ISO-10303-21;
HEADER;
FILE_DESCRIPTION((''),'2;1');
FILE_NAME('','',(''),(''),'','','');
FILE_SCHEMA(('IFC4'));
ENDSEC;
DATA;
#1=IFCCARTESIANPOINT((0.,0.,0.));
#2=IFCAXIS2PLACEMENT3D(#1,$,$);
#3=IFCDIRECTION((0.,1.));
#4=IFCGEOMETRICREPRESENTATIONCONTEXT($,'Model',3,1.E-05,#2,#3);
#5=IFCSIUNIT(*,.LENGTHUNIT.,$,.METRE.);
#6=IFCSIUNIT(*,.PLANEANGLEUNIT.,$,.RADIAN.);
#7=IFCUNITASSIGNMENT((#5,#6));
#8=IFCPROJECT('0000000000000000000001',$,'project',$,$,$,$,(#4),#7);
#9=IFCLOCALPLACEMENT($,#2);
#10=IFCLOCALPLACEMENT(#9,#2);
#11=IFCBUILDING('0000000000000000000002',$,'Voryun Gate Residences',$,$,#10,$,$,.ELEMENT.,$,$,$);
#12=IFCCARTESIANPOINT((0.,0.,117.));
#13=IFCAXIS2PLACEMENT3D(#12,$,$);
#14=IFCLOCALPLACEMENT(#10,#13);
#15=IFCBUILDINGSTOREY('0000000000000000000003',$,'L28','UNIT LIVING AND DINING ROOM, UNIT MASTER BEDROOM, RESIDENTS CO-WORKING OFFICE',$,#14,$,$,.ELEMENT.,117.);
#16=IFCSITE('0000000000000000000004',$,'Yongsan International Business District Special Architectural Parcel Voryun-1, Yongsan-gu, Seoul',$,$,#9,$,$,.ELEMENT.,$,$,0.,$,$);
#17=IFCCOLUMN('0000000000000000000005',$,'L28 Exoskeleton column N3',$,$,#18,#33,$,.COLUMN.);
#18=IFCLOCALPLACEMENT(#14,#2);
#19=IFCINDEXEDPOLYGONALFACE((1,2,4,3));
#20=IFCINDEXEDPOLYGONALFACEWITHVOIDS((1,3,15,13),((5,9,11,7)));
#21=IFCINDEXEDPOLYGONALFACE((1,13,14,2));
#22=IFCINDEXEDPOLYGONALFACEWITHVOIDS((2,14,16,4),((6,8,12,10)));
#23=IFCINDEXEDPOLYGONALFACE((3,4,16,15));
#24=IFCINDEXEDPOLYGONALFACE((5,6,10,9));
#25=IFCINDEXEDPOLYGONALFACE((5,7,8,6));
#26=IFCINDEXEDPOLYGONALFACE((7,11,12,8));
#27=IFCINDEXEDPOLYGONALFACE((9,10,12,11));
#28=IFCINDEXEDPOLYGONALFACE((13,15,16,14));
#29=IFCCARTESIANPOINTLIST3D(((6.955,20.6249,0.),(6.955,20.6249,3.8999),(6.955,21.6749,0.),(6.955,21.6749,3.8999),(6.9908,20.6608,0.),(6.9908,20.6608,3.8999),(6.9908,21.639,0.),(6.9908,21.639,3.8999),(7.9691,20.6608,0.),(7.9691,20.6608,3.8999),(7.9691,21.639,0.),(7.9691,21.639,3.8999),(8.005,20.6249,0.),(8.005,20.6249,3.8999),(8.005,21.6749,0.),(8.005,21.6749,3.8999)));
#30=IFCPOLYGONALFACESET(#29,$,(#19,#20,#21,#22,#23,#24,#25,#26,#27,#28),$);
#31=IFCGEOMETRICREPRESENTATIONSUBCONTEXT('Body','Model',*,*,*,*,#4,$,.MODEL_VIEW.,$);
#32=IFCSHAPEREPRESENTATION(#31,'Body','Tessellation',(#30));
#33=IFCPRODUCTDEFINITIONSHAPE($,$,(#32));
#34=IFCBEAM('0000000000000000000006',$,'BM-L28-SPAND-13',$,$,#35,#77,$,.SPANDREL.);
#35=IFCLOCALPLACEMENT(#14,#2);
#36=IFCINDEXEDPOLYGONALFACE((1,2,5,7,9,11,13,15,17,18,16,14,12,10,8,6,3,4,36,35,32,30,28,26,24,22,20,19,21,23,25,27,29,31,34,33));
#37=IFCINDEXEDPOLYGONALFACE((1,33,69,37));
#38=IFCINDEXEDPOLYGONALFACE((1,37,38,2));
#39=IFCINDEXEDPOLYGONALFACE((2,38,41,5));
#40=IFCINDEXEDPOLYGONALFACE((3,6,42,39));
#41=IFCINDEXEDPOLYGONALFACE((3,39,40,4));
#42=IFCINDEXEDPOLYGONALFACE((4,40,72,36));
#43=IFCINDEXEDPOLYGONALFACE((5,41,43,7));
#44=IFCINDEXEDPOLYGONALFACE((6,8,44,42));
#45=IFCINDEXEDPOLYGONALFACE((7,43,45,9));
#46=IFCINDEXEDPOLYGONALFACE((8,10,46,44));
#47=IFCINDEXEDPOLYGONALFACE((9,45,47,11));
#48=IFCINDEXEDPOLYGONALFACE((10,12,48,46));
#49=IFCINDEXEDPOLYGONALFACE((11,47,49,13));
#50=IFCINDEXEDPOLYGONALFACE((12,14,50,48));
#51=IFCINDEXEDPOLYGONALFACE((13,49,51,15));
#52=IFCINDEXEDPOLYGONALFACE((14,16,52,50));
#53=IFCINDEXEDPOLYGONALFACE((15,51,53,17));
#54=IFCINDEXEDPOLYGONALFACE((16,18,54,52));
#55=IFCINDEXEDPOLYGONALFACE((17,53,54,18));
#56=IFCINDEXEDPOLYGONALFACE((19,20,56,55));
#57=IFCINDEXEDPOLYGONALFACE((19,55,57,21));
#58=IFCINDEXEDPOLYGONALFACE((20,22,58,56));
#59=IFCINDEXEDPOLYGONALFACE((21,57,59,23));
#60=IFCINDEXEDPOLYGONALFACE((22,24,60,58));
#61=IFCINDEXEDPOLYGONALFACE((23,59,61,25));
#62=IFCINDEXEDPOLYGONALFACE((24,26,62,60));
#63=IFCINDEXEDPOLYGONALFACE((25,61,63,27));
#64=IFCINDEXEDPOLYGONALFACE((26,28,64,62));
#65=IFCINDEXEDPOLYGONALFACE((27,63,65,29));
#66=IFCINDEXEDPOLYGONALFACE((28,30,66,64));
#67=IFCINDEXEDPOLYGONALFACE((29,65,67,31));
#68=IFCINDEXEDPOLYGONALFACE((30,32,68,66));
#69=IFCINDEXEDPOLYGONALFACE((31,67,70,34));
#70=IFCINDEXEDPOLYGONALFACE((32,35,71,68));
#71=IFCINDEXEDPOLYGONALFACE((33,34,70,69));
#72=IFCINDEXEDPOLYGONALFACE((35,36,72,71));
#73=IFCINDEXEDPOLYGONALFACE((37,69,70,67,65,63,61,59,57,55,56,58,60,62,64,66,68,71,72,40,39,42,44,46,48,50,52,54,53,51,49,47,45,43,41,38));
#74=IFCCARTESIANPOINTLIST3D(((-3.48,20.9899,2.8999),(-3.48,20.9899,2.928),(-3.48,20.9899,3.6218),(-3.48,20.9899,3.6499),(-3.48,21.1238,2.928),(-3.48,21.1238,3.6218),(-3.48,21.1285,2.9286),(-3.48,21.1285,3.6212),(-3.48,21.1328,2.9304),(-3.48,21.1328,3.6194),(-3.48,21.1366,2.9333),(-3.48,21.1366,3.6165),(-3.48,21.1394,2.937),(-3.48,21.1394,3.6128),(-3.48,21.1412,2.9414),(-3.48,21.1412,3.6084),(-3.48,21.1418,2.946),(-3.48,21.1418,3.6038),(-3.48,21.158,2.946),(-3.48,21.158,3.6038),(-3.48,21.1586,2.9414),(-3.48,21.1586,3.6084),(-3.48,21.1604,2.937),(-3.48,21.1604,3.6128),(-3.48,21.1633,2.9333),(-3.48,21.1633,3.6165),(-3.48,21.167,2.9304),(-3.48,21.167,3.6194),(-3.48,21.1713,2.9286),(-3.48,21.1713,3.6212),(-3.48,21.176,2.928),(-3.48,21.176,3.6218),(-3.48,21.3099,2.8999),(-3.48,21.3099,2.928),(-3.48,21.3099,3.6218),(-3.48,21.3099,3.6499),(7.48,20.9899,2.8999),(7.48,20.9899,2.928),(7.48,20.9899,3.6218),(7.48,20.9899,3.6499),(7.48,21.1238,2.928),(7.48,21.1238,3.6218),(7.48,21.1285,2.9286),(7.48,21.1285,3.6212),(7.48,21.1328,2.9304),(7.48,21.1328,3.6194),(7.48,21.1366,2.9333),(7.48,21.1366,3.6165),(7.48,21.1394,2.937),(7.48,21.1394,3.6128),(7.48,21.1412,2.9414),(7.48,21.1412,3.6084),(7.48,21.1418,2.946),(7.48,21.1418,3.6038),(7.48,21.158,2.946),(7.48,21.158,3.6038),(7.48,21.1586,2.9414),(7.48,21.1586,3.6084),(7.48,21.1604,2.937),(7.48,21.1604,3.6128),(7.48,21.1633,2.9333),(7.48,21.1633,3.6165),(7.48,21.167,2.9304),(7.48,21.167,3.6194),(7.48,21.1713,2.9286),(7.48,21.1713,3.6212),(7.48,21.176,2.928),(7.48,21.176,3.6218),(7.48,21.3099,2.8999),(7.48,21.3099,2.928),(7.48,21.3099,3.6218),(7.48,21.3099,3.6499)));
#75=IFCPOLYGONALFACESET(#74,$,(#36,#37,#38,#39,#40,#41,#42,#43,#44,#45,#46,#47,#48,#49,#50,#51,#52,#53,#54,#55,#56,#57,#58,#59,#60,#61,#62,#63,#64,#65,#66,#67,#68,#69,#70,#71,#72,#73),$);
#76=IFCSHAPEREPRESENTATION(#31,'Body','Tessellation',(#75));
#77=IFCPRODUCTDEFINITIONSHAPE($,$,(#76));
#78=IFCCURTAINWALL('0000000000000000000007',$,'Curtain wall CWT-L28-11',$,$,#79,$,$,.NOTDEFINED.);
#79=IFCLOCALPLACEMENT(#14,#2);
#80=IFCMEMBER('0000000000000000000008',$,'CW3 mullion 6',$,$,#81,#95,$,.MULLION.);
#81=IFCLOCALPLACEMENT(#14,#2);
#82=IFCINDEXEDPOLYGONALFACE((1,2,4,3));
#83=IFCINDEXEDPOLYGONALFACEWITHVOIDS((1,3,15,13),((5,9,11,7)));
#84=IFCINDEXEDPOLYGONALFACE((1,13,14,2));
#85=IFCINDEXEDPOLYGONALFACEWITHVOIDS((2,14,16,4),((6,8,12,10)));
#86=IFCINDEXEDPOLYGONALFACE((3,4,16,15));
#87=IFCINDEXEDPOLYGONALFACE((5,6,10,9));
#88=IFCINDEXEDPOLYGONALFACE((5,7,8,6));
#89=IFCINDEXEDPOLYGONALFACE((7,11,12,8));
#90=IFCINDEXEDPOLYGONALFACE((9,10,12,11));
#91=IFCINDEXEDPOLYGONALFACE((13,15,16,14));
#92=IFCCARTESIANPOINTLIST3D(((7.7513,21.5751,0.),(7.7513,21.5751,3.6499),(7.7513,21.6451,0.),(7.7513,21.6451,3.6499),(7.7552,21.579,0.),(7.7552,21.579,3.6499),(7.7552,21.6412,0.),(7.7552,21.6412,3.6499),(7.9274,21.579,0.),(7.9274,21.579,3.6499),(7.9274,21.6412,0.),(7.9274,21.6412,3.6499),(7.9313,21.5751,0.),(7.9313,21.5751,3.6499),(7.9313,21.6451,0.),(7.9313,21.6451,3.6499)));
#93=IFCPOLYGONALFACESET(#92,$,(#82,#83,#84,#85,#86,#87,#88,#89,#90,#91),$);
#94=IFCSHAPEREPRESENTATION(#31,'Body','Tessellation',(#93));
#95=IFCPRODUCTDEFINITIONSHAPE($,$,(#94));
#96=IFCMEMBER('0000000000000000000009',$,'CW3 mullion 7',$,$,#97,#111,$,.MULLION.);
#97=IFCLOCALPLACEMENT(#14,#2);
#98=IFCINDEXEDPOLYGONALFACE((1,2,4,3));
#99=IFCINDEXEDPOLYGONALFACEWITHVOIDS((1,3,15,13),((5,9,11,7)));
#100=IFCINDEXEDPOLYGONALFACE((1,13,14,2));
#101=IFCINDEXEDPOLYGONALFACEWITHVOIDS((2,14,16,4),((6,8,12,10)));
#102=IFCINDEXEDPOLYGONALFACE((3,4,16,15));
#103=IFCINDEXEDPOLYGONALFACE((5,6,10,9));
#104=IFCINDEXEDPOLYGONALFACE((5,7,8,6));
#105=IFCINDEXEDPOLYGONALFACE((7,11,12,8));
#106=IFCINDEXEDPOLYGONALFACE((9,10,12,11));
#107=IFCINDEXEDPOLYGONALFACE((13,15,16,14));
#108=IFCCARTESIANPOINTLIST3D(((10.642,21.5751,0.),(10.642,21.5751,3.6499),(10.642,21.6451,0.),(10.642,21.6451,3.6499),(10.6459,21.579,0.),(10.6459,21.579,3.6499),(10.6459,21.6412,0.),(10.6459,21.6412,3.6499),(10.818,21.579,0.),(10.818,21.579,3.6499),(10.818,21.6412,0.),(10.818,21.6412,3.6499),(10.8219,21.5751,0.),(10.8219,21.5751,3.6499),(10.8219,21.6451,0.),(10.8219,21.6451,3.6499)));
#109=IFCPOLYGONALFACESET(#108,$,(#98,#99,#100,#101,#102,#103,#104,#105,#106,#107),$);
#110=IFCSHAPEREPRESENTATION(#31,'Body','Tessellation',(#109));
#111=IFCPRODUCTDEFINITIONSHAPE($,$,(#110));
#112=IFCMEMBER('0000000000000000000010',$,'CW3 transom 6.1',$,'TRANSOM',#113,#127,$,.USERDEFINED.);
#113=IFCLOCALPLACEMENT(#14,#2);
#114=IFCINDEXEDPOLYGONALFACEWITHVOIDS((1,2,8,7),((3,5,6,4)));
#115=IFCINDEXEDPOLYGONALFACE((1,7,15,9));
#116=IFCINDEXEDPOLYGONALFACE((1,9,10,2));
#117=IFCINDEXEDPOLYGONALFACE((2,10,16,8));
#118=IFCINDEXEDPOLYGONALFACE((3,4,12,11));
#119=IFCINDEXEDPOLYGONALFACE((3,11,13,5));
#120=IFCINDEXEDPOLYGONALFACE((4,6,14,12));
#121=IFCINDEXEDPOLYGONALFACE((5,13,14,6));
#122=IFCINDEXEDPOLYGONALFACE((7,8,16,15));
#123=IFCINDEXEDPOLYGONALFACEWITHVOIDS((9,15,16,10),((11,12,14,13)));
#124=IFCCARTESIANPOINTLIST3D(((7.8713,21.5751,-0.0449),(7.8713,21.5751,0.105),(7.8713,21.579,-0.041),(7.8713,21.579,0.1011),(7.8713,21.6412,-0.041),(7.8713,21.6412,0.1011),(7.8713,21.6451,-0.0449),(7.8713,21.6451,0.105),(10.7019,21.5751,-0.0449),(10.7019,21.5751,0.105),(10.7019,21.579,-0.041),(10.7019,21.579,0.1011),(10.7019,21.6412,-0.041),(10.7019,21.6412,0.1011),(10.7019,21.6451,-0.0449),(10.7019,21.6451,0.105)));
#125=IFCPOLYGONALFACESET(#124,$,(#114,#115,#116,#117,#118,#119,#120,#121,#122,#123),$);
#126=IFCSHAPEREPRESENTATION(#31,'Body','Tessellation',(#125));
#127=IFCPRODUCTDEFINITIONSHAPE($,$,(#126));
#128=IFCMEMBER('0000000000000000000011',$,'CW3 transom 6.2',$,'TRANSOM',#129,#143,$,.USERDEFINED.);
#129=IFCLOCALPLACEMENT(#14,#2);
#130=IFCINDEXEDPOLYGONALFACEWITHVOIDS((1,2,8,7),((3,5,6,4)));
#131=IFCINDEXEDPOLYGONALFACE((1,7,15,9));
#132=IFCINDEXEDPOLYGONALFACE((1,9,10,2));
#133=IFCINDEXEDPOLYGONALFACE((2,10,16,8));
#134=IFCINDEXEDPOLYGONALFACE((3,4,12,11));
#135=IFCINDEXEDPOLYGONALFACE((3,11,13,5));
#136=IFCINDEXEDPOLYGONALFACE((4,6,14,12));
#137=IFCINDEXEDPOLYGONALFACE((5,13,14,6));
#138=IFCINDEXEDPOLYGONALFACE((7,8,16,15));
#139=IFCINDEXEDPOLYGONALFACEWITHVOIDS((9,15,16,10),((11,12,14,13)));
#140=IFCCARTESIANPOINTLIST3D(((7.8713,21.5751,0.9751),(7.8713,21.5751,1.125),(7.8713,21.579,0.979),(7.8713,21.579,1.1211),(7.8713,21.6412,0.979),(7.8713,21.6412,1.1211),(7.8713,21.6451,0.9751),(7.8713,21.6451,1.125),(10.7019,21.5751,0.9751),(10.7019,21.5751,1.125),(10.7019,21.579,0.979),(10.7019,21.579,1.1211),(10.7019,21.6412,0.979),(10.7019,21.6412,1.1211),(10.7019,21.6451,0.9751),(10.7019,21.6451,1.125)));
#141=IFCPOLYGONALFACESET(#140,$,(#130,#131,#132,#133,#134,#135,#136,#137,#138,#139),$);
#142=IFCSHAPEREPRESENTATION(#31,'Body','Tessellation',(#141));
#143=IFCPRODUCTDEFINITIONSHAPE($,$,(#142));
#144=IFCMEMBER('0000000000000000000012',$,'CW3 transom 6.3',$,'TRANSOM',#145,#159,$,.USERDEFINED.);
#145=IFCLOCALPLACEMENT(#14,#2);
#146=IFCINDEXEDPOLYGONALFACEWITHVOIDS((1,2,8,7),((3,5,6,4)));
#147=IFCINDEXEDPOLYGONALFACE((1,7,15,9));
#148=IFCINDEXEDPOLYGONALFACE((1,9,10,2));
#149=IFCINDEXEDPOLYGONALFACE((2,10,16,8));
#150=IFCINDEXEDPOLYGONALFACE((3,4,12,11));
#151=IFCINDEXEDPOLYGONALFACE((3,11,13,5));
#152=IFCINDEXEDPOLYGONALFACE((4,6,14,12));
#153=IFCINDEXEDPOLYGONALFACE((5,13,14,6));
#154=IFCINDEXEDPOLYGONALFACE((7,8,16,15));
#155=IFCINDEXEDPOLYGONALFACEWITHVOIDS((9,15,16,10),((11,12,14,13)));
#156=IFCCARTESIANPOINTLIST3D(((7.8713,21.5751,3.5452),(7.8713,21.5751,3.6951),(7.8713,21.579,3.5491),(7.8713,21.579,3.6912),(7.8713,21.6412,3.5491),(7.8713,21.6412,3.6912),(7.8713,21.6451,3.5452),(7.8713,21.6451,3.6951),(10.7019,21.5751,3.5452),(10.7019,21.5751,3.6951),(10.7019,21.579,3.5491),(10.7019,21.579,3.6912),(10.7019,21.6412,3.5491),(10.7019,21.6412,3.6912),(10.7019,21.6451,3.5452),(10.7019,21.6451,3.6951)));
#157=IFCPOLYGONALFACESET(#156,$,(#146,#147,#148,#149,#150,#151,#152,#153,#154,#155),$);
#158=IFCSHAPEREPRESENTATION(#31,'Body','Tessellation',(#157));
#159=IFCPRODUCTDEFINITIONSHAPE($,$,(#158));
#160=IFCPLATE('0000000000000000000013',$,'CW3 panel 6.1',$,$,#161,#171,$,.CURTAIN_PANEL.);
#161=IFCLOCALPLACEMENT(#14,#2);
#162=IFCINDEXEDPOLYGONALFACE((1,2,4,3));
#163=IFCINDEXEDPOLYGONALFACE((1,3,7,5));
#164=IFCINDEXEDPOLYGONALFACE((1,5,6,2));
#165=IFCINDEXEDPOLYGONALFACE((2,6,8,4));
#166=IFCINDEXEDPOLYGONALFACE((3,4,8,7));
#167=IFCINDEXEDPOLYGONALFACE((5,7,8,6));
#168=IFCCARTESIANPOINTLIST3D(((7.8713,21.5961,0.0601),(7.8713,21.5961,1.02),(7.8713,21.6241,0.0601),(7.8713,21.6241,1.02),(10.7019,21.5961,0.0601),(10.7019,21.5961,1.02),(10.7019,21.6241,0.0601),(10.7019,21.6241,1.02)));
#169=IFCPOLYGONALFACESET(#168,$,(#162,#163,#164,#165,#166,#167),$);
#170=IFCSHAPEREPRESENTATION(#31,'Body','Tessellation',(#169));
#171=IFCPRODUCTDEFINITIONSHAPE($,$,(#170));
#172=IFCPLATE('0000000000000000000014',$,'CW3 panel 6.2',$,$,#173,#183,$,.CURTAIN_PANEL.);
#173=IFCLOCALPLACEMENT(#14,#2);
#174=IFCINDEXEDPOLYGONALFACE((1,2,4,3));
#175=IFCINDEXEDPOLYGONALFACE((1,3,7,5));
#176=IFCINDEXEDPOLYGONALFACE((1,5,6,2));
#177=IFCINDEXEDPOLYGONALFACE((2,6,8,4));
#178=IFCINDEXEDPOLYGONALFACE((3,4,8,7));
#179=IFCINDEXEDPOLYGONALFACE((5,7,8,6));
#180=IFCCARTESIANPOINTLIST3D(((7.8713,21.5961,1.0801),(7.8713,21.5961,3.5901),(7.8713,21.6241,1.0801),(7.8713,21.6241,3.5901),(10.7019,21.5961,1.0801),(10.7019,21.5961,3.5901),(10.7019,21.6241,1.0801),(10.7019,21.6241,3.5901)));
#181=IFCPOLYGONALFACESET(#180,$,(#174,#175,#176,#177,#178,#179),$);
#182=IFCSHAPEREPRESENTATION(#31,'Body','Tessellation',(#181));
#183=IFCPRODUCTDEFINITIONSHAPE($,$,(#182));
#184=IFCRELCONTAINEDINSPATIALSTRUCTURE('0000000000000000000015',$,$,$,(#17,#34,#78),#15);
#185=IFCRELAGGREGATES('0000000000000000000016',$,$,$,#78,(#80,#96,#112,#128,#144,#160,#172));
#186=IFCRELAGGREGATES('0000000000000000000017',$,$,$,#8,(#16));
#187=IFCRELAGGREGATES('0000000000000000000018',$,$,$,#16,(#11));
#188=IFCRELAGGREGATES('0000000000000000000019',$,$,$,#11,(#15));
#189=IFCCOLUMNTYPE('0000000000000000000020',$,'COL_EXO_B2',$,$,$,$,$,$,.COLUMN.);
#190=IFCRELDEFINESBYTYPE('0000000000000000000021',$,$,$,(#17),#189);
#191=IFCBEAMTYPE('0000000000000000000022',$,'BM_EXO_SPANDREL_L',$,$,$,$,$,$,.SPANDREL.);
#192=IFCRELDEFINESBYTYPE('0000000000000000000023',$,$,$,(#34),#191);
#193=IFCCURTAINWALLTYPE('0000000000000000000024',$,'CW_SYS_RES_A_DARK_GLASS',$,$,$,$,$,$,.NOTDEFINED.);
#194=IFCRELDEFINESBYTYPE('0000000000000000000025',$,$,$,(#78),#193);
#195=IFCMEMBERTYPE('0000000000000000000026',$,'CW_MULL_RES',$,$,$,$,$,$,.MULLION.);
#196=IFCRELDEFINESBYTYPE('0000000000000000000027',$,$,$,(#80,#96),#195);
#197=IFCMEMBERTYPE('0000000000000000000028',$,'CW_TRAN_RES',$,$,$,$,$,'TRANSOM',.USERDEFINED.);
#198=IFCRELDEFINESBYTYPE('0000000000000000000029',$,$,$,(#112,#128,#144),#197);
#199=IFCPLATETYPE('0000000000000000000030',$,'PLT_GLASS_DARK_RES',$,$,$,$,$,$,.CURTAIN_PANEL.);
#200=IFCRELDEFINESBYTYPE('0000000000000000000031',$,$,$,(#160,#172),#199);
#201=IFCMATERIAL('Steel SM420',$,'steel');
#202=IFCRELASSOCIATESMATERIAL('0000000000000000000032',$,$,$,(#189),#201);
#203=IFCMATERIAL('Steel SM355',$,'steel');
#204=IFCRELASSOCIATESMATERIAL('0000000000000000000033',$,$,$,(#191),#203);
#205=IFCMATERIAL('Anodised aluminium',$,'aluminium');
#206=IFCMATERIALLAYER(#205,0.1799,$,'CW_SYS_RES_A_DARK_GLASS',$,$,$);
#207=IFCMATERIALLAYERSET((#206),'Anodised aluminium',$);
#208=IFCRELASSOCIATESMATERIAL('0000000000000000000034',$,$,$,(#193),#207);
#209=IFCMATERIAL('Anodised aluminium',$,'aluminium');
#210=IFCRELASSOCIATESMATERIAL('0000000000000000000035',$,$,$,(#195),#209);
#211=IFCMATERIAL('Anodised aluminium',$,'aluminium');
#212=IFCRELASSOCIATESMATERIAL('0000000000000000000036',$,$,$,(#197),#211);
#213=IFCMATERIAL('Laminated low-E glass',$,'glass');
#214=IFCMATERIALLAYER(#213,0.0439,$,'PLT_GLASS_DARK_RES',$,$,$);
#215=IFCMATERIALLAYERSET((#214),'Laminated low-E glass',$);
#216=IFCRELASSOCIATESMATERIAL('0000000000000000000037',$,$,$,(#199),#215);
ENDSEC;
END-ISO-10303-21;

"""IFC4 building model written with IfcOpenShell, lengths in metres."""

from ifc_helpers import new_model, si_unit, direction, frame, origin, origin_2d, place, context, subcontext, project, spatial, rectangle, hollow_rectangle, i_section, extrude, material, layer, layer_set, material_profile, profile_set, type_object, element, aggregate, save


model = new_model("IFC4")

# Units and contexts
model_context = context("Model", 3, precision=1e-05, world=origin(), true_north=direction((0.0, 1.0)))
body_context = subcontext(model_context, "Body", "Model", "MODEL_VIEW")
ifc_project = project(units=[si_unit("LENGTHUNIT", "METRE"), si_unit("PLANEANGLEUNIT", "RADIAN")], contexts=[model_context])

# Site, building, storey
site_placement = place(None, origin())
site = spatial("IfcSite", under=ifc_project, at=site_placement, Name="Yongsan International Business District Special Architectural Parcel Voryun-1, Yongsan-gu, Seoul", CompositionType="ELEMENT", RefElevation=0.0)
building_placement = place(site_placement, origin())
building = spatial("IfcBuilding", under=site, at=building_placement, Name="Voryun Gate Residences", CompositionType="ELEMENT")
storey_placement = place(building_placement, frame((0.0, 0.0, 117.0)))
storey = spatial("IfcBuildingStorey", under=building, at=storey_placement, Name="L28", Description="UNIT LIVING AND DINING ROOM, UNIT MASTER BEDROOM, RESIDENTS CO-WORKING OFFICE", CompositionType="ELEMENT", Elevation=117.0)

# Column
ifc_material_1 = material(Name="Steel SM420", Category="steel")
ifc_material_profile_1 = material_profile(ifc_material_1, hollow_rectangle(XDim=1.05, YDim=1.05, WallThickness=0.0359, at=origin_2d()), Name="BOX-1050x1050x36")
ifc_profile_set_1 = profile_set([ifc_material_profile_1], Name="Steel SM420")
column_type = type_object("IfcColumnType", Name="COL_EXO_B2", PredefinedType="COLUMN", material=ifc_profile_set_1)
column_placement = place(storey_placement, frame((7.48, 21.1499, 0.0), z_axis=(0.0, 0.0, 1.0), x_axis=(1.0, 0.0, 0.0)))
element("IfcColumn", 1, at=column_placement, inside=storey, type_object=column_type, Name="L28 Exoskeleton column N3", PredefinedType="COLUMN", context=body_context, shape_type="SweptSolid", body=[
    extrude(hollow_rectangle(XDim=1.05, YDim=1.05, WallThickness=0.0359, at=origin_2d()), origin(), (0.0, 0.0, 1.0), 3.8999),
])

# Beam
ifc_material_2 = material(Name="Steel SM355", Category="steel")
ifc_material_profile_2 = material_profile(ifc_material_2, i_section(OverallWidth=0.3201, OverallDepth=0.75, WebThickness=0.0161, FlangeThickness=0.0281, FilletRadius=0.0181, at=origin_2d()), Name="H-750x320x16x28")
ifc_profile_set_2 = profile_set([ifc_material_profile_2], Name="Steel SM355")
beam_type = type_object("IfcBeamType", Name="BM_EXO_SPANDREL_L", PredefinedType="SPANDREL", material=ifc_profile_set_2)
beam_placement = place(storey_placement, frame((7.48, 21.1499, 3.2749), z_axis=(-1.0, 0.0, 0.0), x_axis=(0.0, -1.0, 0.0)))
element("IfcBeam", 2, at=beam_placement, inside=storey, type_object=beam_type, Name="BM-L28-SPAND-13", PredefinedType="SPANDREL", context=body_context, shape_type="SweptSolid", body=[
    extrude(i_section(OverallWidth=0.3201, OverallDepth=0.75, WebThickness=0.0161, FlangeThickness=0.0281, FilletRadius=0.0181, at=origin_2d()), origin(), (0.0, 0.0, 1.0), 10.96),
])

# Curtain wall, members, plates
ifc_material_3 = material(Name="Anodised aluminium", Category="aluminium")
ifc_layer_1 = layer(ifc_material_3, 0.1799, Name="CW_SYS_RES_A_DARK_GLASS")
ifc_layer_set_1 = layer_set([ifc_layer_1], Name="Anodised aluminium")
curtain_wall_type = type_object("IfcCurtainWallType", Name="CW_SYS_RES_A_DARK_GLASS", PredefinedType="NOTDEFINED", material=ifc_layer_set_1)
curtain_wall_placement = place(storey_placement, origin())
curtain_wall = element("IfcCurtainWall", 3, at=curtain_wall_placement, inside=storey, type_object=curtain_wall_type, Name="Curtain wall CWT-L28-11", PredefinedType="NOTDEFINED")
ifc_material_4 = material(Name="Anodised aluminium", Category="aluminium")
ifc_material_profile_3 = material_profile(ifc_material_4, hollow_rectangle(XDim=0.0701, YDim=0.1799, WallThickness=0.0039, at=origin_2d()), Name="ALU-MULL-180x70x4")
ifc_profile_set_3 = profile_set([ifc_material_profile_3], Name="Anodised aluminium")
member_type_1 = type_object("IfcMemberType", Name="CW_MULL_RES", PredefinedType="MULLION", material=ifc_profile_set_3)
member_1_placement = place(storey_placement, frame((7.8413, 21.6101, 0.0), z_axis=(0.0, 0.0, 1.0), x_axis=(0.0, 1.0, 0.0)))
member_1 = element("IfcMember", 4, at=member_1_placement, type_object=member_type_1, Name="CW3 mullion 6", PredefinedType="MULLION", context=body_context, shape_type="SweptSolid", body=[
    extrude(hollow_rectangle(XDim=0.0701, YDim=0.1799, WallThickness=0.0039, at=origin_2d()), origin(), (0.0, 0.0, 1.0), 3.6499),
])
member_2_placement = place(storey_placement, frame((10.7319, 21.6101, 0.0), z_axis=(0.0, 0.0, 1.0), x_axis=(0.0, 1.0, 0.0)))
member_2 = element("IfcMember", 5, at=member_2_placement, type_object=member_type_1, Name="CW3 mullion 7", PredefinedType="MULLION", context=body_context, shape_type="SweptSolid", body=[
    extrude(hollow_rectangle(XDim=0.0701, YDim=0.1799, WallThickness=0.0039, at=origin_2d()), origin(), (0.0, 0.0, 1.0), 3.6499),
])
ifc_material_5 = material(Name="Anodised aluminium", Category="aluminium")
ifc_material_profile_4 = material_profile(ifc_material_5, hollow_rectangle(XDim=0.0701, YDim=0.1499, WallThickness=0.0039, at=origin_2d()), Name="ALU-TRAN-150x70x4")
ifc_profile_set_4 = profile_set([ifc_material_profile_4], Name="Anodised aluminium")
member_type_2 = type_object("IfcMemberType", Name="CW_TRAN_RES", ElementType="TRANSOM", PredefinedType="USERDEFINED", material=ifc_profile_set_4)
member_3_placement = place(storey_placement, frame((7.8713, 21.6101, 0.03), z_axis=(1.0, 0.0, 0.0), x_axis=(0.0, 1.0, 0.0)))
member_3 = element("IfcMember", 6, at=member_3_placement, type_object=member_type_2, Name="CW3 transom 6.1", ObjectType="TRANSOM", PredefinedType="USERDEFINED", context=body_context, shape_type="SweptSolid", body=[
    extrude(hollow_rectangle(XDim=0.0701, YDim=0.1499, WallThickness=0.0039, at=origin_2d()), origin(), (0.0, 0.0, 1.0), 2.8306),
])
member_4_placement = place(storey_placement, frame((7.8713, 21.6101, 1.05), z_axis=(1.0, 0.0, 0.0), x_axis=(0.0, 1.0, 0.0)))
member_4 = element("IfcMember", 7, at=member_4_placement, type_object=member_type_2, Name="CW3 transom 6.2", ObjectType="TRANSOM", PredefinedType="USERDEFINED", context=body_context, shape_type="SweptSolid", body=[
    extrude(hollow_rectangle(XDim=0.0701, YDim=0.1499, WallThickness=0.0039, at=origin_2d()), origin(), (0.0, 0.0, 1.0), 2.8306),
])
member_5_placement = place(storey_placement, frame((7.8713, 21.6101, 3.6201), z_axis=(1.0, 0.0, 0.0), x_axis=(0.0, 1.0, 0.0)))
member_5 = element("IfcMember", 8, at=member_5_placement, type_object=member_type_2, Name="CW3 transom 6.3", ObjectType="TRANSOM", PredefinedType="USERDEFINED", context=body_context, shape_type="SweptSolid", body=[
    extrude(hollow_rectangle(XDim=0.0701, YDim=0.1499, WallThickness=0.0039, at=origin_2d()), origin(), (0.0, 0.0, 1.0), 2.8306),
])
ifc_material_6 = material(Name="Laminated low-E glass", Category="glass")
ifc_layer_2 = layer(ifc_material_6, 0.0439, Name="PLT_GLASS_DARK_RES")
ifc_layer_set_2 = layer_set([ifc_layer_2], Name="Laminated low-E glass")
plate_type = type_object("IfcPlateType", Name="PLT_GLASS_DARK_RES", PredefinedType="CURTAIN_PANEL", material=ifc_layer_set_2)
plate_1_placement = place(storey_placement, frame((9.2866, 21.6101, 0.0601), z_axis=(0.0, 0.0, 1.0), x_axis=(1.0, 0.0, 0.0)))
plate_1 = element("IfcPlate", 9, at=plate_1_placement, type_object=plate_type, Name="CW3 panel 6.1", PredefinedType="CURTAIN_PANEL", context=body_context, shape_type="SweptSolid", body=[
    extrude(rectangle(XDim=2.8306, YDim=0.0281, at=origin_2d()), origin(), (0.0, 0.0, 1.0), 0.96),
])
plate_2_placement = place(storey_placement, frame((9.2866, 21.6101, 1.0801), z_axis=(0.0, 0.0, 1.0), x_axis=(1.0, 0.0, 0.0)))
plate_2 = element("IfcPlate", 10, at=plate_2_placement, type_object=plate_type, Name="CW3 panel 6.2", PredefinedType="CURTAIN_PANEL", context=body_context, shape_type="SweptSolid", body=[
    extrude(rectangle(XDim=2.8306, YDim=0.0281, at=origin_2d()), origin(), (0.0, 0.0, 1.0), 2.51),
])
aggregate(curtain_wall, [member_1, member_2, member_3, member_4, member_5, plate_1, plate_2])

save(model, "model.ifc")
